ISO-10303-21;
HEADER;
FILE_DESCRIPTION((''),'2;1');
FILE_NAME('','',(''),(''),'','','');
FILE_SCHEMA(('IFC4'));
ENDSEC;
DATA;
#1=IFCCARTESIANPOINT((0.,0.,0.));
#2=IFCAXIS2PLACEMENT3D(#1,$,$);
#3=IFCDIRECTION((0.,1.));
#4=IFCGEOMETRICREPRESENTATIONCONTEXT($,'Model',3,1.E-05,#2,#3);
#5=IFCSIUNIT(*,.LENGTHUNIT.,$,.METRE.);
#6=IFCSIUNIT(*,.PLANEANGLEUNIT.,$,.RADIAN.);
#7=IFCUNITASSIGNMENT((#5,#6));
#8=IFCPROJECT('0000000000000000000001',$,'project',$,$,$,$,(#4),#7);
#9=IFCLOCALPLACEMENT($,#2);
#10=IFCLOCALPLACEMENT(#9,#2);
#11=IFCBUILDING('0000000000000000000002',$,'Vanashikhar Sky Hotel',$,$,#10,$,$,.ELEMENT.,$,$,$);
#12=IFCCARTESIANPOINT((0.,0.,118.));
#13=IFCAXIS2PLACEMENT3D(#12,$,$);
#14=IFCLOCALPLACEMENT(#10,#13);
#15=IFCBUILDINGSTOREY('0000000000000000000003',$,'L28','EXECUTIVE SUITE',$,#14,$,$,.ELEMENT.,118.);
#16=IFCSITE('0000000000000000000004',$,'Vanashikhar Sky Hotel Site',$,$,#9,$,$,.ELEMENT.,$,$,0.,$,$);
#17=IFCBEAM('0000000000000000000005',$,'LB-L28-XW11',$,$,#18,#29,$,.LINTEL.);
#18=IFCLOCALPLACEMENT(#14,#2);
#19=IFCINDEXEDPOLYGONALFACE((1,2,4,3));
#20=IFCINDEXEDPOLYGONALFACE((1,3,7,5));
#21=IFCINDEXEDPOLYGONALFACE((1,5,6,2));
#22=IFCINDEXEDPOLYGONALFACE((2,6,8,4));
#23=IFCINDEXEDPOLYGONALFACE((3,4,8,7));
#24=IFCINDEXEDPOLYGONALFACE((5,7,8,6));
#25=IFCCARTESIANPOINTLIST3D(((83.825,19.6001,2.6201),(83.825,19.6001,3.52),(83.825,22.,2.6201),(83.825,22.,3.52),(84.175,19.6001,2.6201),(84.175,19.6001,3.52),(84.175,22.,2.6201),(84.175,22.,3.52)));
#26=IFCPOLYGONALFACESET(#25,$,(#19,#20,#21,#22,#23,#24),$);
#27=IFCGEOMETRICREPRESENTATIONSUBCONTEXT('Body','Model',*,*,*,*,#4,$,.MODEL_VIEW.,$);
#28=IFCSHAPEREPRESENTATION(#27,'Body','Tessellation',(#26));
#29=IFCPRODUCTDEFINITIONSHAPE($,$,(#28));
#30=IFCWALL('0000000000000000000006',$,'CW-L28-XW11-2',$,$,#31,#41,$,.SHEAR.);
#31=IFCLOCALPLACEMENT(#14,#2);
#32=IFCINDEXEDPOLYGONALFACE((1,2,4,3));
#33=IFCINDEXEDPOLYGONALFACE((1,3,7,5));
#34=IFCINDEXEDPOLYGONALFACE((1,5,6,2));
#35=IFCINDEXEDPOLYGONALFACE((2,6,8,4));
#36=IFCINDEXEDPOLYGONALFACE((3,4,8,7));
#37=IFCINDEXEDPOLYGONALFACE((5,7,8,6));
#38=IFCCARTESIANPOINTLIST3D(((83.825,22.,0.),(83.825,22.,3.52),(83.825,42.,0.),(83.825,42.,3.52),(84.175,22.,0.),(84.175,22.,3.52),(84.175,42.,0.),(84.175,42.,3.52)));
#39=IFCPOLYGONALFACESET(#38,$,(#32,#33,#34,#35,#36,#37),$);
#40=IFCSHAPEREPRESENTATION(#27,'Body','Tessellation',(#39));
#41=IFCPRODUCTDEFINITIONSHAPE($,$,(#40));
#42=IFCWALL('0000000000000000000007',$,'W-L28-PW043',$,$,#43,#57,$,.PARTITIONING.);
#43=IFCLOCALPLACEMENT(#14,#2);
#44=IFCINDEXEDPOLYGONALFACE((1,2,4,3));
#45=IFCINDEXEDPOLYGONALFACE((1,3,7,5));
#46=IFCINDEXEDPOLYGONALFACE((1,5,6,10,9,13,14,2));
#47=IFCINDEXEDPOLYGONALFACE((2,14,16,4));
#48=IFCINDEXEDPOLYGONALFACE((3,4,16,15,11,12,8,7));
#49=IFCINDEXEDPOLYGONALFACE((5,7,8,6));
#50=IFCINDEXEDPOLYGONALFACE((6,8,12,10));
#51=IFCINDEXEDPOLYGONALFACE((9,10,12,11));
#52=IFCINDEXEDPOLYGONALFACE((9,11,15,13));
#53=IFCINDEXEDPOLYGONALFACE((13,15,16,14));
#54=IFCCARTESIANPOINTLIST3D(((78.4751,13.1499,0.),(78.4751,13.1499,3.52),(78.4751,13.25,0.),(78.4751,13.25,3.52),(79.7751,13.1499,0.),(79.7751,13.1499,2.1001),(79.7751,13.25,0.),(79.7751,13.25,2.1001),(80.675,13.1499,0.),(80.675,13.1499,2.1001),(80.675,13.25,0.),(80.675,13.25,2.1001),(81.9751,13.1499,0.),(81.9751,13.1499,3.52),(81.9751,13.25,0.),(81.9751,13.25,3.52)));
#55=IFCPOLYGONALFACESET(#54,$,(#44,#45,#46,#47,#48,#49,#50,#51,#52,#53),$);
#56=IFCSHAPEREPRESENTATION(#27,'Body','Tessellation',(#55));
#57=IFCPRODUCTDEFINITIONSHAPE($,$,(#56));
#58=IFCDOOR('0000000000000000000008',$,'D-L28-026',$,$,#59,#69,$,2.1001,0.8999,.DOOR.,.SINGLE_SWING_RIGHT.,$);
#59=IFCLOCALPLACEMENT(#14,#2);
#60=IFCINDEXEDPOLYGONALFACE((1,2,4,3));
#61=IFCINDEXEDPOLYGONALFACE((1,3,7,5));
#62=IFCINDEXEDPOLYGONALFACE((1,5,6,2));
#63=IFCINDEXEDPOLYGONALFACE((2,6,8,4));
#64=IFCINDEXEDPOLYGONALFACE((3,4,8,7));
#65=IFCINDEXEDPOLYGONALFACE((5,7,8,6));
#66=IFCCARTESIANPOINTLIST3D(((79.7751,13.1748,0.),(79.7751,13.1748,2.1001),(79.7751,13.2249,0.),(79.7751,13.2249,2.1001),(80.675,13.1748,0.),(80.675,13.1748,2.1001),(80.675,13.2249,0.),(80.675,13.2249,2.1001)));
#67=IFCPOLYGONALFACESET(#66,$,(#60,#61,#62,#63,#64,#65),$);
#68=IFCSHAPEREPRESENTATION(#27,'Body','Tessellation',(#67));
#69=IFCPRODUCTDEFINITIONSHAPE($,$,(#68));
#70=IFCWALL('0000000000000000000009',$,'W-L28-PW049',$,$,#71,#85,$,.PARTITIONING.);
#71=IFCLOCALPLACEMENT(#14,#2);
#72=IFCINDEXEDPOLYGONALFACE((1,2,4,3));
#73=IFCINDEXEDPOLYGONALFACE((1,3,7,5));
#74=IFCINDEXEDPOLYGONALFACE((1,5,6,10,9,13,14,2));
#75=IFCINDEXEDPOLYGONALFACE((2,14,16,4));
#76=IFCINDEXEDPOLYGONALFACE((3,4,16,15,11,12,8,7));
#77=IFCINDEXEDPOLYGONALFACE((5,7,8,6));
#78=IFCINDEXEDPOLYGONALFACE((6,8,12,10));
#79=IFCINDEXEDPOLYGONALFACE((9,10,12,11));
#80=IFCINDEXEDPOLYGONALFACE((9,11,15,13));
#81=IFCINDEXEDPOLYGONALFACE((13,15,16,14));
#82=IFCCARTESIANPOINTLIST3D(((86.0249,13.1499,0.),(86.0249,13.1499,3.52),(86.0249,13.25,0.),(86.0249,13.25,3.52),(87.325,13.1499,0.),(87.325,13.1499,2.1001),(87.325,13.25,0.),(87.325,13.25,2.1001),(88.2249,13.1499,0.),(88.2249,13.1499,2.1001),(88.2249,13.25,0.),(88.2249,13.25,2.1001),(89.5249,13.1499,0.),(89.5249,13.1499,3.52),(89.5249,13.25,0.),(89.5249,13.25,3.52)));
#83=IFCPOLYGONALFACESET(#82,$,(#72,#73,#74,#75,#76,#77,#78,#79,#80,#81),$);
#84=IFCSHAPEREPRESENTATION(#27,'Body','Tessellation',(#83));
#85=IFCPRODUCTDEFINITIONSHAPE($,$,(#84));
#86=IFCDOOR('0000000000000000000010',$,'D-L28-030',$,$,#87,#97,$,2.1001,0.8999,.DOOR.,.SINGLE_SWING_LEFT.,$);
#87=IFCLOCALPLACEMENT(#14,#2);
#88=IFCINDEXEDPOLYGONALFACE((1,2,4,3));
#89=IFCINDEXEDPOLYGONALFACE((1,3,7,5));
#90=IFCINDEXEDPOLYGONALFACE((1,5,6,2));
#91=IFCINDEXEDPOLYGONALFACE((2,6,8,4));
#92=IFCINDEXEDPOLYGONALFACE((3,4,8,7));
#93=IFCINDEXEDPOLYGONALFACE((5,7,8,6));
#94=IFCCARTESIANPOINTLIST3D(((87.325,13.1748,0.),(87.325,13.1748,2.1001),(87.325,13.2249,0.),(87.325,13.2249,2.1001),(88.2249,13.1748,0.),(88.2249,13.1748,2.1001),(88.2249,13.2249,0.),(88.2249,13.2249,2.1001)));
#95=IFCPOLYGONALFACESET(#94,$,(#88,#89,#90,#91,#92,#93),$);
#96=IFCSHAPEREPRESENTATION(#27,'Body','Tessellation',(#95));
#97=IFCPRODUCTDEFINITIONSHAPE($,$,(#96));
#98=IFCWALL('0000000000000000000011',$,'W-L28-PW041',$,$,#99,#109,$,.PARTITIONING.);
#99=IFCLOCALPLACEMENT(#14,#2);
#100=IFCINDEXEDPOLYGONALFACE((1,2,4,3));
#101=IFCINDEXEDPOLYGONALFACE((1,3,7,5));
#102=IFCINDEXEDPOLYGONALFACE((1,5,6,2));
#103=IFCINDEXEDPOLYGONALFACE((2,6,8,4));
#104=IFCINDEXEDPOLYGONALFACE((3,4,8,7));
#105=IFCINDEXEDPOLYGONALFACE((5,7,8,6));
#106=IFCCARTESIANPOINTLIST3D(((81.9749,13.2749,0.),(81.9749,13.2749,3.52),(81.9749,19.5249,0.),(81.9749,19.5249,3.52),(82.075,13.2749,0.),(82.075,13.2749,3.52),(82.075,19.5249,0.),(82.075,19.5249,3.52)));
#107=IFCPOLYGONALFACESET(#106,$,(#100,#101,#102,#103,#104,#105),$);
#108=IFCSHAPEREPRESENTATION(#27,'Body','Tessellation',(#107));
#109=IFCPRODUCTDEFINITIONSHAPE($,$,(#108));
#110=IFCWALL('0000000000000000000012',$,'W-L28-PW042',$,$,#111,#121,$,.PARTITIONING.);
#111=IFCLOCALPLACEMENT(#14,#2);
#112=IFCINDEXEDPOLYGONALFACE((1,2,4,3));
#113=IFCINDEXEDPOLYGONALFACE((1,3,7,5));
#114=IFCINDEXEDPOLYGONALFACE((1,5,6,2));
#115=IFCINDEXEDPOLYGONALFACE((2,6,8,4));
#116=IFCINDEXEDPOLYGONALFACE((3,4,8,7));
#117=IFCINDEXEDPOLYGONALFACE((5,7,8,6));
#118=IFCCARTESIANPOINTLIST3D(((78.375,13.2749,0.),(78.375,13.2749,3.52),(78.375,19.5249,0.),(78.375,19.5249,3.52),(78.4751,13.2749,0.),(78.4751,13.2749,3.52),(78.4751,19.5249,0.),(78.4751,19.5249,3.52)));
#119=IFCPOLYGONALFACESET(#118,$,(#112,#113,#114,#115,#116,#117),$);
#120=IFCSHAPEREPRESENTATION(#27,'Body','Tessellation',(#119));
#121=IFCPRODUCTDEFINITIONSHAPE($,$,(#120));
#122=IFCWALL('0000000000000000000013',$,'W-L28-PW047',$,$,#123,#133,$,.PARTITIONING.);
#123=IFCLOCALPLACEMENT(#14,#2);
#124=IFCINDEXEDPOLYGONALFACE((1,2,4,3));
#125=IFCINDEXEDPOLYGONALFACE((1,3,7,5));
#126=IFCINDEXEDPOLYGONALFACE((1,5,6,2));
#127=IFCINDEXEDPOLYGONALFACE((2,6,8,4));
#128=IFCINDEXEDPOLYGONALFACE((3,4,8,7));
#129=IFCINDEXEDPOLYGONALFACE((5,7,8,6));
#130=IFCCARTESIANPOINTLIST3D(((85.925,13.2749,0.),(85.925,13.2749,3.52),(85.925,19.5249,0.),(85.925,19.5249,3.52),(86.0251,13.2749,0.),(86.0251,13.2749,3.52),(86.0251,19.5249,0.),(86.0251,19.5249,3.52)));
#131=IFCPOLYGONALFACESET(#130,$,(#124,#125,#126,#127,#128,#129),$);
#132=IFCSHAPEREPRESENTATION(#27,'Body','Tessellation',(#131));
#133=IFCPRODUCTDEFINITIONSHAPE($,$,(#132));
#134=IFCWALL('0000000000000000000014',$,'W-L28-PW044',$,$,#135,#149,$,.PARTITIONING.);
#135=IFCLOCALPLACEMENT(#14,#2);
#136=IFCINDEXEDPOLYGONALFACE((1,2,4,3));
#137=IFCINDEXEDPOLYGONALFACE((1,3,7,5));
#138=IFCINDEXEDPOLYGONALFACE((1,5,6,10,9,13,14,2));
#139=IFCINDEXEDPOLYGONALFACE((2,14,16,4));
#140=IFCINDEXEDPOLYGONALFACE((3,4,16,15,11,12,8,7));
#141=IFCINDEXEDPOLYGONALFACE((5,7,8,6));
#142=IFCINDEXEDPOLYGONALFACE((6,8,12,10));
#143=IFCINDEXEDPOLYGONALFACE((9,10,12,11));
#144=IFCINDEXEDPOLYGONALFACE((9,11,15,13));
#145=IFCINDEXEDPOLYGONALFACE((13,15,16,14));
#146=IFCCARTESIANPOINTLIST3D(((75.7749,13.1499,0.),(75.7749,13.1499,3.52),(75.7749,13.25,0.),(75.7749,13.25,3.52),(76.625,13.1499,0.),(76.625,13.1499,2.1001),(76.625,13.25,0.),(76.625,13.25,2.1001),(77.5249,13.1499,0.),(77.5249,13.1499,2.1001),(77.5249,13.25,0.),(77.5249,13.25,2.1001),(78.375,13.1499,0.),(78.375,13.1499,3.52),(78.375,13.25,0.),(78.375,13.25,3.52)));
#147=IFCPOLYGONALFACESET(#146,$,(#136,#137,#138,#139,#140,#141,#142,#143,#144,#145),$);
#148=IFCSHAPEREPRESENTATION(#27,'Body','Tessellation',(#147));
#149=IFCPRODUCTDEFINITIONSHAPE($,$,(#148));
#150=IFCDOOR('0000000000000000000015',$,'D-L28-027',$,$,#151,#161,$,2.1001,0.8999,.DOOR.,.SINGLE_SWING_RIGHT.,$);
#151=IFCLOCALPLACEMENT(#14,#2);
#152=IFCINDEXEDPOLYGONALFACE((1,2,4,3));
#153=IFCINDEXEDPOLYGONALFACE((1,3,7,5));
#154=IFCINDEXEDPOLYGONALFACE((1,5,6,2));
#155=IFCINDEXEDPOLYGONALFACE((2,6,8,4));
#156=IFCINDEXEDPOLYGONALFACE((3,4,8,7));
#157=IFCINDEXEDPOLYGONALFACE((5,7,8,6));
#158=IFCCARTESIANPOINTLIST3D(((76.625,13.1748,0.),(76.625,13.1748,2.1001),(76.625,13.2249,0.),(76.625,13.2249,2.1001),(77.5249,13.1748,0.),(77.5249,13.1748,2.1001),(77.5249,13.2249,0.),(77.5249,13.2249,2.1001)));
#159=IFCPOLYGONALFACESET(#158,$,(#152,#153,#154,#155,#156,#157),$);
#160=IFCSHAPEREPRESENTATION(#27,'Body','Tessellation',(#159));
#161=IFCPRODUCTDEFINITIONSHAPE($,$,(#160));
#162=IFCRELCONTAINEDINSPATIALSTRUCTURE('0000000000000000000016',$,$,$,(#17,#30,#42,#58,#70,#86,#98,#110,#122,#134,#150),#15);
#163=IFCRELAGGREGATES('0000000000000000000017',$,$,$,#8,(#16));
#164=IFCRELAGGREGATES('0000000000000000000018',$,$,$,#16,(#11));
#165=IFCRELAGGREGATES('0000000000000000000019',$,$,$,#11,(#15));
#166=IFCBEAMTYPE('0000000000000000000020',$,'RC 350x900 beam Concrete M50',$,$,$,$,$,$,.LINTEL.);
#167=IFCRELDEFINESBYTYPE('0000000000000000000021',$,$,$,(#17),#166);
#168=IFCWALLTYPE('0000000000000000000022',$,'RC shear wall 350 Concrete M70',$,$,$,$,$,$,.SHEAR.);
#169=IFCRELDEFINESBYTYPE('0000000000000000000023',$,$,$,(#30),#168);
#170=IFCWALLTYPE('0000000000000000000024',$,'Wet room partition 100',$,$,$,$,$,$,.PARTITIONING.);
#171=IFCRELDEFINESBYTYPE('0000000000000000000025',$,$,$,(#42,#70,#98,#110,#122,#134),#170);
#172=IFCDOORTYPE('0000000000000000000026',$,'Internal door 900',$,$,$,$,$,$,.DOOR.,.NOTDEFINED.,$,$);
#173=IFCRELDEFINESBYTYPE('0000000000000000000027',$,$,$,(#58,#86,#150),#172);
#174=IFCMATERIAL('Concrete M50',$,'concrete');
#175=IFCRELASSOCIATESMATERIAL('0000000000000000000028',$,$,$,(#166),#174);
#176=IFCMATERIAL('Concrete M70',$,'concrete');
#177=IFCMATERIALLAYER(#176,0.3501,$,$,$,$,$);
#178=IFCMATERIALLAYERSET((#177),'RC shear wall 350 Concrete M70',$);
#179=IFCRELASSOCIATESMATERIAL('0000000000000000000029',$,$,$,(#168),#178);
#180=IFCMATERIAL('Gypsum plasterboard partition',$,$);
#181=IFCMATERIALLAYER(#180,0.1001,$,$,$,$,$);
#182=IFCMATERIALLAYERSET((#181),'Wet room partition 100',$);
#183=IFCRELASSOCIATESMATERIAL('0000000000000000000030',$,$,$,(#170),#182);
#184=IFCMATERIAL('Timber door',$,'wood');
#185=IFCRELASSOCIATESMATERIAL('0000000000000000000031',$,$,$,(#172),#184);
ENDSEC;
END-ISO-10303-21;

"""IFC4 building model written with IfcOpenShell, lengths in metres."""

from ifc_helpers import new_model, si_unit, direction, frame, frame_2d, origin, origin_2d, place, context, subcontext, project, spatial, rectangle, extrude, source, transform, mapped, material, layer, layer_set, material_profile, profile_set, type_object, element, fill, save


model = new_model("IFC4")

# Units and contexts
model_context = context("Model", 3, precision=1e-05, world=origin(), true_north=direction((0.0, 1.0)))
body_context = subcontext(model_context, "Body", "Model", "MODEL_VIEW")
ifc_project = project(units=[si_unit("LENGTHUNIT", "METRE"), si_unit("PLANEANGLEUNIT", "RADIAN")], contexts=[model_context])

# Site, building, storey
site_placement = place(None, origin())
site = spatial("IfcSite", under=ifc_project, at=site_placement, Name="Vanashikhar Sky Hotel Site", CompositionType="ELEMENT", RefElevation=0.0)
building_placement = place(site_placement, origin())
building = spatial("IfcBuilding", under=site, at=building_placement, Name="Vanashikhar Sky Hotel", CompositionType="ELEMENT")
storey_placement = place(building_placement, frame((0.0, 0.0, 118.0)))
storey = spatial("IfcBuildingStorey", under=building, at=storey_placement, Name="L28", Description="EXECUTIVE SUITE", CompositionType="ELEMENT", Elevation=118.0)

# Beam
ifc_material_1 = material(Name="Concrete M50", Category="concrete")
ifc_material_profile = material_profile(ifc_material_1, rectangle(XDim=0.3501, YDim=0.8999, at=origin_2d()))
ifc_profile_set = profile_set([ifc_material_profile], Name="RC 350x900 beam Concrete M50")
beam_type = type_object("IfcBeamType", Name="RC 350x900 beam Concrete M50", PredefinedType="LINTEL", material=ifc_profile_set)
shared_shape_1 = source(origin(), body_context, "Body", "SweptSolid", [
    extrude(rectangle(XDim=0.3501, YDim=0.8999, at=origin_2d()), origin(), (0.0, 0.0, 1.0), 2.3999),
])
beam_placement = place(storey_placement, frame((84.0, 19.6001, 3.0701), z_axis=(0.0, 1.0, 0.0), x_axis=(-1.0, 0.0, 0.0)))
element("IfcBeam", 1, at=beam_placement, inside=storey, type_object=beam_type, Name="LB-L28-XW11", PredefinedType="LINTEL", context=body_context, shape_type="MappedRepresentation", body=[
    mapped(shared_shape_1, transform((0.0, 0.0, 0.0), scale=1.0)),
])

# Wall
ifc_material_2 = material(Name="Concrete M70", Category="concrete")
ifc_layer_1 = layer(ifc_material_2, 0.3501)
ifc_layer_set_1 = layer_set([ifc_layer_1], Name="RC shear wall 350 Concrete M70")
wall_type_1 = type_object("IfcWallType", Name="RC shear wall 350 Concrete M70", PredefinedType="SHEAR", material=ifc_layer_set_1)
shared_shape_2 = source(origin(), body_context, "Body", "SweptSolid", [
    extrude(rectangle(XDim=20.0, YDim=0.3501, at=frame_2d((10.0, 0.0))), origin(), (0.0, 0.0, 1.0), 3.52),
])
wall_1_placement = place(storey_placement, frame((84.0, 22.0, 0.0), z_axis=(0.0, 0.0, 1.0), x_axis=(0.0, 1.0, 0.0)))
element("IfcWall", 2, at=wall_1_placement, inside=storey, type_object=wall_type_1, Name="CW-L28-XW11-2", PredefinedType="SHEAR", context=body_context, shape_type="MappedRepresentation", body=[
    mapped(shared_shape_2, transform((0.0, 0.0, 0.0), scale=1.0)),
])

# Walls, openings, doors
ifc_material_3 = material(Name="Gypsum plasterboard partition")
ifc_layer_2 = layer(ifc_material_3, 0.1001)
ifc_layer_set_2 = layer_set([ifc_layer_2], Name="Wet room partition 100")
wall_type_2 = type_object("IfcWallType", Name="Wet room partition 100", PredefinedType="PARTITIONING", material=ifc_layer_set_2)
shared_shape_3 = source(origin(), body_context, "Body", "SweptSolid", [
    extrude(rectangle(XDim=3.5, YDim=0.1001, at=frame_2d((1.75, 0.0))), origin(), (0.0, 0.0, 1.0), 3.52),
])
wall_2_placement = place(storey_placement, frame((78.4751, 13.2, 0.0), z_axis=(0.0, 0.0, 1.0), x_axis=(1.0, 0.0, 0.0)))
wall_2 = element("IfcWall", 3, at=wall_2_placement, inside=storey, type_object=wall_type_2, Name="W-L28-PW043", PredefinedType="PARTITIONING", context=body_context, shape_type="MappedRepresentation", body=[
    mapped(shared_shape_3, transform((0.0, 0.0, 0.0), scale=1.0)),
])
shared_shape_4 = source(origin(), body_context, "Body", "SweptSolid", [
    extrude(rectangle(XDim=0.8999, YDim=2.1001, at=frame_2d((0.45, 1.05))), frame((0.0, 0.0601, 0.0), z_axis=(0.0, -1.0, 0.0), x_axis=(1.0, 0.0, 0.0)), (0.0, 0.0, 1.0), 0.1201),
])
opening_1_placement = place(wall_2_placement, frame((1.3, 0.0, 0.0)))
opening_1 = element("IfcOpeningElement", 4, at=opening_1_placement, cuts=wall_2, PredefinedType="OPENING", context=body_context, shape_type="MappedRepresentation", body=[
    mapped(shared_shape_4, transform((0.0, 0.0, 0.0), scale=1.0)),
])
ifc_material_4 = material(Name="Timber door", Category="wood")
door_type_1 = type_object("IfcDoorType", Name="Internal door 900", OperationType="NOTDEFINED", PredefinedType="DOOR", material=ifc_material_4)
shared_shape_5 = source(origin(), body_context, "Body", "SweptSolid", [
    extrude(rectangle(XDim=0.8999, YDim=2.1001, at=frame_2d((0.45, 1.05))), frame((0.0, 0.0249, 0.0), z_axis=(0.0, -1.0, 0.0), x_axis=(1.0, 0.0, 0.0)), (0.0, 0.0, 1.0), 0.05),
])
door_1_placement = place(opening_1_placement, origin())
door_1 = element("IfcDoor", 5, at=door_1_placement, inside=storey, type_object=door_type_1, Name="D-L28-026", OperationType="SINGLE_SWING_RIGHT", OverallHeight=2.1001, OverallWidth=0.8999, PredefinedType="DOOR", context=body_context, shape_type="MappedRepresentation", body=[
    mapped(shared_shape_5, transform((0.0, 0.0, 0.0), scale=1.0)),
])
fill(opening_1, door_1)
wall_3_placement = place(storey_placement, frame((86.0249, 13.2, 0.0), z_axis=(0.0, 0.0, 1.0), x_axis=(1.0, 0.0, 0.0)))
wall_3 = element("IfcWall", 6, at=wall_3_placement, inside=storey, type_object=wall_type_2, Name="W-L28-PW049", PredefinedType="PARTITIONING", context=body_context, shape_type="MappedRepresentation", body=[
    mapped(shared_shape_3, transform((0.0, 0.0, 0.0), scale=1.0)),
])
opening_2_placement = place(wall_3_placement, frame((1.3, 0.0, 0.0)))
opening_2 = element("IfcOpeningElement", 7, at=opening_2_placement, cuts=wall_3, PredefinedType="OPENING", context=body_context, shape_type="MappedRepresentation", body=[
    mapped(shared_shape_4, transform((0.0, 0.0, 0.0), scale=1.0)),
])
door_2_placement = place(opening_2_placement, origin())
door_2 = element("IfcDoor", 8, at=door_2_placement, inside=storey, type_object=door_type_1, Name="D-L28-030", OperationType="SINGLE_SWING_LEFT", OverallHeight=2.1001, OverallWidth=0.8999, PredefinedType="DOOR", context=body_context, shape_type="MappedRepresentation", body=[
    mapped(shared_shape_5, transform((0.0, 0.0, 0.0), scale=1.0)),
])
fill(opening_2, door_2)

# Walls
shared_shape_6 = source(origin(), body_context, "Body", "SweptSolid", [
    extrude(rectangle(XDim=6.25, YDim=0.1001, at=frame_2d((3.125, 0.0))), origin(), (0.0, 0.0, 1.0), 3.52),
])
for number, where, z_axis, x_axis, name in (
    (9, (82.0249, 13.2749, 0.0), (0.0, 0.0, 1.0), (0.0, 1.0, 0.0), "W-L28-PW041"),
    (10, (78.425, 13.2749, 0.0), (0.0, 0.0, 1.0), (0.0, 1.0, 0.0), "W-L28-PW042"),
    (11, (85.9751, 13.2749, 0.0), (0.0, 0.0, 1.0), (0.0, 1.0, 0.0), "W-L28-PW047"),
):
    element("IfcWall", number, at=place(storey_placement, frame(where, z_axis=z_axis, x_axis=x_axis)), inside=storey, type_object=wall_type_2, Name=name, PredefinedType="PARTITIONING", context=body_context, shape_type="MappedRepresentation", body=[
        mapped(shared_shape_6, transform((0.0, 0.0, 0.0), scale=1.0)),
    ])

# Wall, opening, door
shared_shape_7 = source(origin(), body_context, "Body", "SweptSolid", [
    extrude(rectangle(XDim=2.6001, YDim=0.1001, at=frame_2d((1.3, 0.0))), origin(), (0.0, 0.0, 1.0), 3.52),
])
wall_4_placement = place(storey_placement, frame((75.7749, 13.2, 0.0), z_axis=(0.0, 0.0, 1.0), x_axis=(1.0, 0.0, 0.0)))
wall_4 = element("IfcWall", 12, at=wall_4_placement, inside=storey, type_object=wall_type_2, Name="W-L28-PW044", PredefinedType="PARTITIONING", context=body_context, shape_type="MappedRepresentation", body=[
    mapped(shared_shape_7, transform((0.0, 0.0, 0.0), scale=1.0)),
])
opening_3_placement = place(wall_4_placement, frame((0.8501, 0.0, 0.0)))
opening_3 = element("IfcOpeningElement", 13, at=opening_3_placement, cuts=wall_4, PredefinedType="OPENING", context=body_context, shape_type="MappedRepresentation", body=[
    mapped(shared_shape_4, transform((0.0, 0.0, 0.0), scale=1.0)),
])
door_3_placement = place(opening_3_placement, origin())
door_3 = element("IfcDoor", 14, at=door_3_placement, inside=storey, type_object=door_type_1, Name="D-L28-027", OperationType="SINGLE_SWING_RIGHT", OverallHeight=2.1001, OverallWidth=0.8999, PredefinedType="DOOR", context=body_context, shape_type="MappedRepresentation", body=[
    mapped(shared_shape_5, transform((0.0, 0.0, 0.0), scale=1.0)),
])
fill(opening_3, door_3)

save(model, "model.ifc")
